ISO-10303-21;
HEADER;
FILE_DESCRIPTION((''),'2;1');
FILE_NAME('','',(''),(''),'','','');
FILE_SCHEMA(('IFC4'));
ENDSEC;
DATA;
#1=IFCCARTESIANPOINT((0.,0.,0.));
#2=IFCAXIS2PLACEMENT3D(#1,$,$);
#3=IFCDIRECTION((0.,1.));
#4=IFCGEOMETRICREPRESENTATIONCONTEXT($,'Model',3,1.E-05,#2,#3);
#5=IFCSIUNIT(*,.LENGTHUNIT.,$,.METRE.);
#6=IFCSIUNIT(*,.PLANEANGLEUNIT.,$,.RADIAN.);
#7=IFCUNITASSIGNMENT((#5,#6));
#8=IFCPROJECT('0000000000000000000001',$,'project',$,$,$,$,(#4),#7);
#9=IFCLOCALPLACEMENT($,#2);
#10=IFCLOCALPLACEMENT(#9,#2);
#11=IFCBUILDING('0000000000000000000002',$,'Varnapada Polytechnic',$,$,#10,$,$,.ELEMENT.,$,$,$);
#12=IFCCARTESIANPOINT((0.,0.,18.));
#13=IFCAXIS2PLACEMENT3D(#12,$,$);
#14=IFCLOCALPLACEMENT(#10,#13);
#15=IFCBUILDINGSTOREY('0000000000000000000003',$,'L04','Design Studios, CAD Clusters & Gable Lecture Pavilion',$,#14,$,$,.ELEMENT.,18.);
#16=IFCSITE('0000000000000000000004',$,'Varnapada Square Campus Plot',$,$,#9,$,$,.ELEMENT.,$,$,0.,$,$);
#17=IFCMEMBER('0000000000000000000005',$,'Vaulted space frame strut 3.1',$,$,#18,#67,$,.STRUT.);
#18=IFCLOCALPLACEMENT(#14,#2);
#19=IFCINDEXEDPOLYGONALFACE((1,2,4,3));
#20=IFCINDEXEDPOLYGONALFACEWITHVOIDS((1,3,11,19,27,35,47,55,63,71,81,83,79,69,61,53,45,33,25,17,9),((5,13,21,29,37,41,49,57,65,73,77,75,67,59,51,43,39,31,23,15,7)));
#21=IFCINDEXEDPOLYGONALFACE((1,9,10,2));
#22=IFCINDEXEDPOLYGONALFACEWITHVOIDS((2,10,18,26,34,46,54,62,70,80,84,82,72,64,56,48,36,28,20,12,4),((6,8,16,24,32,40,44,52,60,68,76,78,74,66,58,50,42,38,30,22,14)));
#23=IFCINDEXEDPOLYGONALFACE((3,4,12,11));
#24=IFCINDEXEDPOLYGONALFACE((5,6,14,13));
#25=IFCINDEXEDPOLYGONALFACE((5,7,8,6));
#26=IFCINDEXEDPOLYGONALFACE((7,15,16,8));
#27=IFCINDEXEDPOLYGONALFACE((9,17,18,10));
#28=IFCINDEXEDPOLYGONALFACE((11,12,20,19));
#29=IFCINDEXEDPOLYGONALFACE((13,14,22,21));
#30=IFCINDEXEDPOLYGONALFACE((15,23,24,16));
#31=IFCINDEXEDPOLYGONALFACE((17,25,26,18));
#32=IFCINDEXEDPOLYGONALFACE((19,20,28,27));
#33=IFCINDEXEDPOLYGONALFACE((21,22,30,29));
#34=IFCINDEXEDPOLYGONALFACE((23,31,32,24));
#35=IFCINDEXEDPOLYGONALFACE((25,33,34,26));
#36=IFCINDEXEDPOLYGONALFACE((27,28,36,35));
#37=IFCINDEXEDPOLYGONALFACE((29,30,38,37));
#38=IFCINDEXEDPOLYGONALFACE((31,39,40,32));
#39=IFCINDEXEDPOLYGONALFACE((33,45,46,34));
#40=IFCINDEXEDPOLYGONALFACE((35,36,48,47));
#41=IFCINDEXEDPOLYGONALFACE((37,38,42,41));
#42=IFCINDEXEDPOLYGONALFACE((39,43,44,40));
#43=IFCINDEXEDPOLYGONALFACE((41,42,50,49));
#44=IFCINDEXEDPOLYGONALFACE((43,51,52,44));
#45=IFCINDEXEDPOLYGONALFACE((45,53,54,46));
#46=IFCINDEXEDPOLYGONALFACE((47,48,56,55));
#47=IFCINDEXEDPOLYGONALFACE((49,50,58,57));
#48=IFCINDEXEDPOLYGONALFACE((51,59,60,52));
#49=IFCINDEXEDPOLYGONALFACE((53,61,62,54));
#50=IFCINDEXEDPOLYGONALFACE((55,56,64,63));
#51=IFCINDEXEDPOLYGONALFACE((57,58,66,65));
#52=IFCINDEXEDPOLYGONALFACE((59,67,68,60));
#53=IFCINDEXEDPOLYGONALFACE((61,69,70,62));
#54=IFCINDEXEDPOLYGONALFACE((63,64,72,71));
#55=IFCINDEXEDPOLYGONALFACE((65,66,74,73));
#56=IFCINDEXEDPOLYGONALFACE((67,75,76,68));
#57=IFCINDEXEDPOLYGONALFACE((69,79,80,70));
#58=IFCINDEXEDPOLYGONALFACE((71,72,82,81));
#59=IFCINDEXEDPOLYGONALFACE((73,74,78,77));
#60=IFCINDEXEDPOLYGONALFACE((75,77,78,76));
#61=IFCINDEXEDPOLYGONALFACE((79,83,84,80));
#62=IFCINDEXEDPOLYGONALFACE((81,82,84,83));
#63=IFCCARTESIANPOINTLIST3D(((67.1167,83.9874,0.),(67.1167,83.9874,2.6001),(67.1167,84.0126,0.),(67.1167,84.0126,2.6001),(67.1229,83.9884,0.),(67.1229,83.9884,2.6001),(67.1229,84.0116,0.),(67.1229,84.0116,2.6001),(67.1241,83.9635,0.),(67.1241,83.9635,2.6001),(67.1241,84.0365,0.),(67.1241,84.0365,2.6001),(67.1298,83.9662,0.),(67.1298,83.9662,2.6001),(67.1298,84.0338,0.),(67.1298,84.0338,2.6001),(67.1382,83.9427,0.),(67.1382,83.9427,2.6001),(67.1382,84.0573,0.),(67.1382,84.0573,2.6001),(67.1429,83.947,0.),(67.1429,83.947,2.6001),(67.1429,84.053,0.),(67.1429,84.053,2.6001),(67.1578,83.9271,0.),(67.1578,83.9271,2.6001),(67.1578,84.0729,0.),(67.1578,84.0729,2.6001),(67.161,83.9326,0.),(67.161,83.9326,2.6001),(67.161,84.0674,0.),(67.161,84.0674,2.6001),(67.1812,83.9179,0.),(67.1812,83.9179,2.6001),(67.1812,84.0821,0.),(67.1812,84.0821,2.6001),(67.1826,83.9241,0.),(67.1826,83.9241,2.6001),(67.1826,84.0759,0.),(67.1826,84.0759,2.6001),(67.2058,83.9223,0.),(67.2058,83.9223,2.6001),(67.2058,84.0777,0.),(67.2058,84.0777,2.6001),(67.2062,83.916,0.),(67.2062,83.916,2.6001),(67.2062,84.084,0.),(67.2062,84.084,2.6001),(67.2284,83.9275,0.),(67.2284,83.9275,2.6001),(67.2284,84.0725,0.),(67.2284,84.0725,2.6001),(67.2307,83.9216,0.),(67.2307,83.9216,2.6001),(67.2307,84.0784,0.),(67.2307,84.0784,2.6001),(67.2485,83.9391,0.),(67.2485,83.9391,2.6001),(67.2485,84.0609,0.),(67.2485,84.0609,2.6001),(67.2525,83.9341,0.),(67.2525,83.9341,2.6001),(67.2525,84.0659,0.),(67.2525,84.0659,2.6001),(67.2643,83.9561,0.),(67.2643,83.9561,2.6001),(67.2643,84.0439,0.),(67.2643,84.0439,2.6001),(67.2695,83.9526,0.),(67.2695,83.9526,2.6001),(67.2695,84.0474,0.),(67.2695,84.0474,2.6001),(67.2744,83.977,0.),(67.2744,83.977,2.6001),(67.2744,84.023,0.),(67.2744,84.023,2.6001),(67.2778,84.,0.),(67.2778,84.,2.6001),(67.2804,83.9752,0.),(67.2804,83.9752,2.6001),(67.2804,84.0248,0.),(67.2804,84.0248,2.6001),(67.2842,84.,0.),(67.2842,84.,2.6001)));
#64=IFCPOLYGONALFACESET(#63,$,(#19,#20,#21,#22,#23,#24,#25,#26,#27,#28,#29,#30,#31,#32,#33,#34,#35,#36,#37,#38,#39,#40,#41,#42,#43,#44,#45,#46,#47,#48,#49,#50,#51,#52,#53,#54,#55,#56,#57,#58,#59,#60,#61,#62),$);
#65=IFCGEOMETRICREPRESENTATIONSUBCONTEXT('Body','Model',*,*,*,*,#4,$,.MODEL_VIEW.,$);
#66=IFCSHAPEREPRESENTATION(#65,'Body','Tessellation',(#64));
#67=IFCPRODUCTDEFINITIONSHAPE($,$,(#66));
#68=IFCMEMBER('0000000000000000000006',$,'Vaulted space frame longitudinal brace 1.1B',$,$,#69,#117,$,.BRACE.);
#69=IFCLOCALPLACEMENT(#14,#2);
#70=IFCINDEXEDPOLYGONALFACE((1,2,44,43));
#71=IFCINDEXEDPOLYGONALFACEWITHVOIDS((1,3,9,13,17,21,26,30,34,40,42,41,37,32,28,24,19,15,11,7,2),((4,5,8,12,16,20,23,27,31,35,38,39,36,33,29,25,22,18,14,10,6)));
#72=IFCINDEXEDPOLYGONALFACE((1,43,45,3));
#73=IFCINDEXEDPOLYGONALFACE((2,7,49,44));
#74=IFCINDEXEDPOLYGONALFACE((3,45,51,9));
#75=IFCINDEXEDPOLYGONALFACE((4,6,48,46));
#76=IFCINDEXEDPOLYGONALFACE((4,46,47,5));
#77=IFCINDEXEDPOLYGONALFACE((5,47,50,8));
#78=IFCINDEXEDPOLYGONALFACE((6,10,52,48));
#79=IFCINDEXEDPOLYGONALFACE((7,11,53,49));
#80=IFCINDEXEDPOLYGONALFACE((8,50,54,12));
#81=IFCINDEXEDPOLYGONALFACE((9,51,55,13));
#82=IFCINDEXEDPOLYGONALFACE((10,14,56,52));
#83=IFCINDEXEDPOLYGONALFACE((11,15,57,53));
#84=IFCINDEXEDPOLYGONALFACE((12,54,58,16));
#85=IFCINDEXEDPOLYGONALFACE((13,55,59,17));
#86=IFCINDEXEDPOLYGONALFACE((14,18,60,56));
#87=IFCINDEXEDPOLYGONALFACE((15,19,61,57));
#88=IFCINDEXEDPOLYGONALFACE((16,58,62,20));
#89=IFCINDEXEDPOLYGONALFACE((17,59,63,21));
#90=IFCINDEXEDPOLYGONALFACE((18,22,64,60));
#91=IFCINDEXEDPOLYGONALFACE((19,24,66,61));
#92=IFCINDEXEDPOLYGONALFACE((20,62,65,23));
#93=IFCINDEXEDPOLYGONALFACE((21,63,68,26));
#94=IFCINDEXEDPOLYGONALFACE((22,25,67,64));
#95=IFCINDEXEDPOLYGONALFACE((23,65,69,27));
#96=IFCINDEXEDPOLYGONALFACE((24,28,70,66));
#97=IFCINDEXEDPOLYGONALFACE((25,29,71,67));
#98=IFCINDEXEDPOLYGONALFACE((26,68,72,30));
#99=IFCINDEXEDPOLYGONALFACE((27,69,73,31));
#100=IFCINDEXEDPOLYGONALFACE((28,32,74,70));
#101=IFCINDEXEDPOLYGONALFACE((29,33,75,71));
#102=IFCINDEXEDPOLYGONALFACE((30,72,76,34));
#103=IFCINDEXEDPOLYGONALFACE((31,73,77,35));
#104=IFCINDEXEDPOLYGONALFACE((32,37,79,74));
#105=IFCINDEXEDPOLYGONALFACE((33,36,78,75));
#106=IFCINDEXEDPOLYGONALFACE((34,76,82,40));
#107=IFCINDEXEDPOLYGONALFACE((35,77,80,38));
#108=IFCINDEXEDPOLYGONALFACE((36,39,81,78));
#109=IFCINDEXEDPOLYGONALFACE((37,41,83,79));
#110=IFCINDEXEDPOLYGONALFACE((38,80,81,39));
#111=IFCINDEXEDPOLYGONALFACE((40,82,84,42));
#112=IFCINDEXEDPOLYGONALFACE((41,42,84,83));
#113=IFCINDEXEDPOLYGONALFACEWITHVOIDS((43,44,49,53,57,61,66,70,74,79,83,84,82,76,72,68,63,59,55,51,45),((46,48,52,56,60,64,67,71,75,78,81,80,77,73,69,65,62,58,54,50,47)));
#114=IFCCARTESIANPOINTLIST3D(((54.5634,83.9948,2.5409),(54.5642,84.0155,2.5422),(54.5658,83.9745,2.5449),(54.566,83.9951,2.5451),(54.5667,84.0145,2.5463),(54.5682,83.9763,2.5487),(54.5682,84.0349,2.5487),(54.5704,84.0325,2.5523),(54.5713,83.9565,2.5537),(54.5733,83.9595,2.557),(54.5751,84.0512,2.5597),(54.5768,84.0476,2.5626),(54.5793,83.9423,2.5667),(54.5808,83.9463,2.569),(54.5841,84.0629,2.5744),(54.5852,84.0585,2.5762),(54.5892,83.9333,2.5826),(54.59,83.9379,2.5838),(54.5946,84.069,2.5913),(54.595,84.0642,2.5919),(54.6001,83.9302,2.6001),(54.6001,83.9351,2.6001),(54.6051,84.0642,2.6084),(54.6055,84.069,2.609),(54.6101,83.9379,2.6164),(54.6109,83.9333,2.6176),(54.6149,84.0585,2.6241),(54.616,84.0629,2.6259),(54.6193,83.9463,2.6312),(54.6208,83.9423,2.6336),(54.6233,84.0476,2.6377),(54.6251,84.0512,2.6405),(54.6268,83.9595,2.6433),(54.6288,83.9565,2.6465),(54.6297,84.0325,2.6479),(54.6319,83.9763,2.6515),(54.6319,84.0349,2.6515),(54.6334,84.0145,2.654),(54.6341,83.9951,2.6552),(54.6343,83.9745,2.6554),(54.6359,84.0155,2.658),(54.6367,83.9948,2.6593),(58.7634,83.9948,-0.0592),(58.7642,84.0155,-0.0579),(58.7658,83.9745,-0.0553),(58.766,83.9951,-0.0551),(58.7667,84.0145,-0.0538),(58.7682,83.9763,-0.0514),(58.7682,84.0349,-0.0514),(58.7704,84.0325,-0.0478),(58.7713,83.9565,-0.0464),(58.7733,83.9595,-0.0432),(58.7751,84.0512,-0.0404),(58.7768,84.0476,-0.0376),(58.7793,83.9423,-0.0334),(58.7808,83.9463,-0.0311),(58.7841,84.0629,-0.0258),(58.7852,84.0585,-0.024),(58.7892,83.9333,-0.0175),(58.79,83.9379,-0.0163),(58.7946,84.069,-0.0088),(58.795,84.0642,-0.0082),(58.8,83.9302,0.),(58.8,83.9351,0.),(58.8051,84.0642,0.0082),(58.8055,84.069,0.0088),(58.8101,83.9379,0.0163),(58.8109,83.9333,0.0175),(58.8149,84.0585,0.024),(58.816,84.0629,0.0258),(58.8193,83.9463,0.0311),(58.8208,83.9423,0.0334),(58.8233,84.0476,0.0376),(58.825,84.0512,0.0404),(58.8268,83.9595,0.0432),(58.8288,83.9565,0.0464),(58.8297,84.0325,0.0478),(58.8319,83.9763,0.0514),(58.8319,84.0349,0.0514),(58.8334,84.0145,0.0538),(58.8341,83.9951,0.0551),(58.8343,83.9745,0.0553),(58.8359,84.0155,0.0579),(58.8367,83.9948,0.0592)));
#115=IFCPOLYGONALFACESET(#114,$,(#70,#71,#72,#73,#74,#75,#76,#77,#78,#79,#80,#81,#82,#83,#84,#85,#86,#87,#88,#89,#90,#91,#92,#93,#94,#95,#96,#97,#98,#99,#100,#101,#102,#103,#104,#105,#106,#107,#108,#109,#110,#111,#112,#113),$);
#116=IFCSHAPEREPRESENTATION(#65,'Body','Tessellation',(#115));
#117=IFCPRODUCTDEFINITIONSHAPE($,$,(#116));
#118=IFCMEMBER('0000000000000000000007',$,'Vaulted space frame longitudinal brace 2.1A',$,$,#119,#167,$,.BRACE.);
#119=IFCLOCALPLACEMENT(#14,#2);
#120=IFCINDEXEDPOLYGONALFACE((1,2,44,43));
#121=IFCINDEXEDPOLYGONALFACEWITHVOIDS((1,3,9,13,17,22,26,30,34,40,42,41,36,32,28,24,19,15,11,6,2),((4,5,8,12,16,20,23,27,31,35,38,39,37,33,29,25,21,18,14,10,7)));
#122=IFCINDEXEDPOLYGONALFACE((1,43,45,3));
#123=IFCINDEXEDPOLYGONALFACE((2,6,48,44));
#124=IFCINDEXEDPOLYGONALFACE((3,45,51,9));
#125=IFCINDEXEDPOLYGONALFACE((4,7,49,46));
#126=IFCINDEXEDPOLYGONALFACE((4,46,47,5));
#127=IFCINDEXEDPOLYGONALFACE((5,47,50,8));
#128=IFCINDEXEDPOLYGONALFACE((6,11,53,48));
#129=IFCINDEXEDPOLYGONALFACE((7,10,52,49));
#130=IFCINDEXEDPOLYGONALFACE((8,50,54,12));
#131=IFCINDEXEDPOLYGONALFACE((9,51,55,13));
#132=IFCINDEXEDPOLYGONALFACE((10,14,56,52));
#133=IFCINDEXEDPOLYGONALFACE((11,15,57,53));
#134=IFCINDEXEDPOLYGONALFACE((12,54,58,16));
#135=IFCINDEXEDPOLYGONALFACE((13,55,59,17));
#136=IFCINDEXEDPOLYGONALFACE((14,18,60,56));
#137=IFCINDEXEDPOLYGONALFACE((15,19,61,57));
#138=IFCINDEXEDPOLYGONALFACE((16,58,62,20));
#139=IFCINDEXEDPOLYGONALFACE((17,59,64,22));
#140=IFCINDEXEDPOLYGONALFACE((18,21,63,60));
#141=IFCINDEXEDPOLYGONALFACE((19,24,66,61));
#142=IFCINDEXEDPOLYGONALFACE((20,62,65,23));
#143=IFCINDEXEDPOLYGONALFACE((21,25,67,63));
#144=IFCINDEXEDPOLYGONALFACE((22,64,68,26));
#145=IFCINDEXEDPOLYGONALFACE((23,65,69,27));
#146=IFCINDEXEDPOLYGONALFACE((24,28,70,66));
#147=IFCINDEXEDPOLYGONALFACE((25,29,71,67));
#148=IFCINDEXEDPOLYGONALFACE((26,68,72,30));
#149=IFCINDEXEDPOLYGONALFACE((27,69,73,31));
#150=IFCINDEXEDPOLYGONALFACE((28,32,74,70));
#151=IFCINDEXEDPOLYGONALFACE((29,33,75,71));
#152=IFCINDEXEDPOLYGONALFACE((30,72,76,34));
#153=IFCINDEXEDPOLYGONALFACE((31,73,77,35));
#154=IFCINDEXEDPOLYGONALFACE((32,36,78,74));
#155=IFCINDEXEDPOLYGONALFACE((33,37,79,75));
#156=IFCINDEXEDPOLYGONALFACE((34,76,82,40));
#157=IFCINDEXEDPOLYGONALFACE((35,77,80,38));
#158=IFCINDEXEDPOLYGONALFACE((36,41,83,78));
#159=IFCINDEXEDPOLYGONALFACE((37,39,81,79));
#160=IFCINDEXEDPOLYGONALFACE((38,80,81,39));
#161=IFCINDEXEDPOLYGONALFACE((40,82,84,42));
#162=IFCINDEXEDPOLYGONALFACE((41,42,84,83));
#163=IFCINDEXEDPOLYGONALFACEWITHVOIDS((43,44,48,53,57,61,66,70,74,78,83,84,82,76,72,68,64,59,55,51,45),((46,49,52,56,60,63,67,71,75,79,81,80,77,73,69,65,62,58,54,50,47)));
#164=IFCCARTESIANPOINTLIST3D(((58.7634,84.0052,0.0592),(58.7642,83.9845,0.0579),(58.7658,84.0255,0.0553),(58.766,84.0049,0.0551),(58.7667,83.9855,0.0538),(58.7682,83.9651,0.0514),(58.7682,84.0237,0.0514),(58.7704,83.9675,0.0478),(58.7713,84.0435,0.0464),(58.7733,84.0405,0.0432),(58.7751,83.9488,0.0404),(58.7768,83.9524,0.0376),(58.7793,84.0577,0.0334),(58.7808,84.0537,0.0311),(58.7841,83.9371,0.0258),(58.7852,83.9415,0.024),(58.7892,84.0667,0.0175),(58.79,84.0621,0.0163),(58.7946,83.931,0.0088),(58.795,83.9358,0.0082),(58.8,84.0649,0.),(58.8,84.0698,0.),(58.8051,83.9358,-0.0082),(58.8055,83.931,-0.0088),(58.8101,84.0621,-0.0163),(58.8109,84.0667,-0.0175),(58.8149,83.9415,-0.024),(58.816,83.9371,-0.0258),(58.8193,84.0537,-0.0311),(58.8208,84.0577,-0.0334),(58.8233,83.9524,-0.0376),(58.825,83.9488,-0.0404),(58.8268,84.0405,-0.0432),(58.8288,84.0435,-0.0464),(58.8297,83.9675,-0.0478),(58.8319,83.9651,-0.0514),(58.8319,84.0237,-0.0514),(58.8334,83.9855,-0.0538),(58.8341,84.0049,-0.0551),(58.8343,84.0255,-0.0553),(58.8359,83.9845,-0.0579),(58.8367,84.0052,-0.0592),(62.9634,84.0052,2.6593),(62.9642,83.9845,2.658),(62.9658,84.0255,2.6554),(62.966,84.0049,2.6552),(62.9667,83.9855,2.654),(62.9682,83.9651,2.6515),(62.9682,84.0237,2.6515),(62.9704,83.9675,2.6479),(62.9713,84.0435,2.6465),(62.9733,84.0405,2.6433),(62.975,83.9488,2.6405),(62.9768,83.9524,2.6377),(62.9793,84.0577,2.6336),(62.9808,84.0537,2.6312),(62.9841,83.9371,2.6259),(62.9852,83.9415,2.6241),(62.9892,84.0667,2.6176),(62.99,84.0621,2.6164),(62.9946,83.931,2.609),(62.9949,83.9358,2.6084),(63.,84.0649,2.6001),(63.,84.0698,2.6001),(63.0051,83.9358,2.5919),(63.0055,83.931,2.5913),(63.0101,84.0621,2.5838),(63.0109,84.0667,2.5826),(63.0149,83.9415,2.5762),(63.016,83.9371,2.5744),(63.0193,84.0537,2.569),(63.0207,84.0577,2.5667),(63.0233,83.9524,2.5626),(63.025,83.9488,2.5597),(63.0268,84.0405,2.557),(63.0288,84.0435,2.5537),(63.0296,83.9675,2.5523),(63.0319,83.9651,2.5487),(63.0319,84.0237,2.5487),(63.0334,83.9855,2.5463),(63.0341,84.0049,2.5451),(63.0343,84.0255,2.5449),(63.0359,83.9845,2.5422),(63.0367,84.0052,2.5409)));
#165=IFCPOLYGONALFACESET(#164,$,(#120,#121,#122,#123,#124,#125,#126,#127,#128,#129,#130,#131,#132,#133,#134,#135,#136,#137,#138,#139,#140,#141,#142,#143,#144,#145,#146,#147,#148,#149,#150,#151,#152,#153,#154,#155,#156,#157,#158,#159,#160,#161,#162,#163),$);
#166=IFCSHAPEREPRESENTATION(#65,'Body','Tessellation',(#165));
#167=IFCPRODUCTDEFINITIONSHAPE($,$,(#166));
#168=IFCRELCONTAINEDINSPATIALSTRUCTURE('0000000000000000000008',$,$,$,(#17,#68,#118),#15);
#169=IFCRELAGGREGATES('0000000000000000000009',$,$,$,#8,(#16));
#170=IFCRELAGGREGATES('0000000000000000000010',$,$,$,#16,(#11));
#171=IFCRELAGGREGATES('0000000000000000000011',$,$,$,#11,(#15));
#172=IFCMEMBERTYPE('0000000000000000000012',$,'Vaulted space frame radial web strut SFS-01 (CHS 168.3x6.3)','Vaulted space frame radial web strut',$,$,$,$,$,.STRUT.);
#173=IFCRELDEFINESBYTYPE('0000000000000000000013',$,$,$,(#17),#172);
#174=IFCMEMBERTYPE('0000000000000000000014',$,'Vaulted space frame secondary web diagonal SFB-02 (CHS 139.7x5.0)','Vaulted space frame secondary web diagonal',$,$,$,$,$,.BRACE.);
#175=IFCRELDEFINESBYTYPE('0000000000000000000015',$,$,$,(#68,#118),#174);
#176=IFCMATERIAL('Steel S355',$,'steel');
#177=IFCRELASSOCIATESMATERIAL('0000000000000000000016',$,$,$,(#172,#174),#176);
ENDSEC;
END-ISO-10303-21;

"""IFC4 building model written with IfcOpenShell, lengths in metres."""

from ifc_helpers import new_model, si_unit, direction, frame, origin, origin_2d, place, context, subcontext, project, spatial, hollow_circle, extrude, material, material_profile, profile_set, type_object, element, save


model = new_model("IFC4")

# Units and contexts
model_context = context("Model", 3, precision=1e-05, world=origin(), true_north=direction((0.0, 1.0)))
body_context = subcontext(model_context, "Body", "Model", "MODEL_VIEW")
ifc_project = project(units=[si_unit("LENGTHUNIT", "METRE"), si_unit("PLANEANGLEUNIT", "RADIAN")], contexts=[model_context])

# Site, building, storey
site_placement = place(None, origin())
site = spatial("IfcSite", under=ifc_project, at=site_placement, Name="Varnapada Square Campus Plot", CompositionType="ELEMENT", RefElevation=0.0)
building_placement = place(site_placement, origin())
building = spatial("IfcBuilding", under=site, at=building_placement, Name="Varnapada Polytechnic", CompositionType="ELEMENT")
storey_placement = place(building_placement, frame((0.0, 0.0, 18.0)))
storey = spatial("IfcBuildingStorey", under=building, at=storey_placement, Name="L04", Description="Design Studios, CAD Clusters & Gable Lecture Pavilion", CompositionType="ELEMENT", Elevation=18.0)

# Shared definitions
ifc_material = material(Name="Steel S355", Category="steel")

# Members
ifc_material_profile_1 = material_profile(ifc_material, hollow_circle(Radius=0.0842, WallThickness=0.0063, at=origin_2d()), Name="CHS 168.3x6.3")
ifc_profile_set_1 = profile_set([ifc_material_profile_1], Name="Steel S355")
member_type_1 = type_object("IfcMemberType", Name="Vaulted space frame radial web strut SFS-01 (CHS 168.3x6.3)", Description="Vaulted space frame radial web strut", PredefinedType="STRUT", material=ifc_profile_set_1)
member_1_placement = place(storey_placement, frame((67.2, 84.0, 0.0), z_axis=(0.0, 0.0, 1.0), x_axis=(1.0, 0.0, 0.0)))
element("IfcMember", 1, at=member_1_placement, inside=storey, type_object=member_type_1, Name="Vaulted space frame strut 3.1", PredefinedType="STRUT", context=body_context, shape_type="SweptSolid", body=[
    extrude(hollow_circle(Radius=0.0842, WallThickness=0.0063, at=origin_2d()), origin(), (0.0, 0.0, 1.0), 2.6001),
])
ifc_material_profile_2 = material_profile(ifc_material, hollow_circle(Radius=0.0698, WallThickness=0.0049, at=origin_2d()), Name="CHS 139.7x5.0")
ifc_profile_set_2 = profile_set([ifc_material_profile_2], Name="Steel S355")
member_type_2 = type_object("IfcMemberType", Name="Vaulted space frame secondary web diagonal SFB-02 (CHS 139.7x5.0)", Description="Vaulted space frame secondary web diagonal", PredefinedType="BRACE", material=ifc_profile_set_2)
for number, where, z_axis, x_axis, name in (
    (2, (58.8, 84.0, 0.0), (-0.850254, 0.0, 0.526373), (0.0, -1.0, 0.0), "Vaulted space frame longitudinal brace 1.1B"),
    (3, (58.8, 84.0, 0.0), (0.850254, 0.0, 0.526373), (0.0, 1.0, 0.0), "Vaulted space frame longitudinal brace 2.1A"),
):
    element("IfcMember", number, at=place(storey_placement, frame(where, z_axis=z_axis, x_axis=x_axis)), inside=storey, type_object=member_type_2, Name=name, PredefinedType="BRACE", context=body_context, shape_type="SweptSolid", body=[
        extrude(hollow_circle(Radius=0.0698, WallThickness=0.0049, at=origin_2d()), origin(), (0.0, 0.0, 1.0), 4.9397),
    ])

save(model, "model.ifc")
